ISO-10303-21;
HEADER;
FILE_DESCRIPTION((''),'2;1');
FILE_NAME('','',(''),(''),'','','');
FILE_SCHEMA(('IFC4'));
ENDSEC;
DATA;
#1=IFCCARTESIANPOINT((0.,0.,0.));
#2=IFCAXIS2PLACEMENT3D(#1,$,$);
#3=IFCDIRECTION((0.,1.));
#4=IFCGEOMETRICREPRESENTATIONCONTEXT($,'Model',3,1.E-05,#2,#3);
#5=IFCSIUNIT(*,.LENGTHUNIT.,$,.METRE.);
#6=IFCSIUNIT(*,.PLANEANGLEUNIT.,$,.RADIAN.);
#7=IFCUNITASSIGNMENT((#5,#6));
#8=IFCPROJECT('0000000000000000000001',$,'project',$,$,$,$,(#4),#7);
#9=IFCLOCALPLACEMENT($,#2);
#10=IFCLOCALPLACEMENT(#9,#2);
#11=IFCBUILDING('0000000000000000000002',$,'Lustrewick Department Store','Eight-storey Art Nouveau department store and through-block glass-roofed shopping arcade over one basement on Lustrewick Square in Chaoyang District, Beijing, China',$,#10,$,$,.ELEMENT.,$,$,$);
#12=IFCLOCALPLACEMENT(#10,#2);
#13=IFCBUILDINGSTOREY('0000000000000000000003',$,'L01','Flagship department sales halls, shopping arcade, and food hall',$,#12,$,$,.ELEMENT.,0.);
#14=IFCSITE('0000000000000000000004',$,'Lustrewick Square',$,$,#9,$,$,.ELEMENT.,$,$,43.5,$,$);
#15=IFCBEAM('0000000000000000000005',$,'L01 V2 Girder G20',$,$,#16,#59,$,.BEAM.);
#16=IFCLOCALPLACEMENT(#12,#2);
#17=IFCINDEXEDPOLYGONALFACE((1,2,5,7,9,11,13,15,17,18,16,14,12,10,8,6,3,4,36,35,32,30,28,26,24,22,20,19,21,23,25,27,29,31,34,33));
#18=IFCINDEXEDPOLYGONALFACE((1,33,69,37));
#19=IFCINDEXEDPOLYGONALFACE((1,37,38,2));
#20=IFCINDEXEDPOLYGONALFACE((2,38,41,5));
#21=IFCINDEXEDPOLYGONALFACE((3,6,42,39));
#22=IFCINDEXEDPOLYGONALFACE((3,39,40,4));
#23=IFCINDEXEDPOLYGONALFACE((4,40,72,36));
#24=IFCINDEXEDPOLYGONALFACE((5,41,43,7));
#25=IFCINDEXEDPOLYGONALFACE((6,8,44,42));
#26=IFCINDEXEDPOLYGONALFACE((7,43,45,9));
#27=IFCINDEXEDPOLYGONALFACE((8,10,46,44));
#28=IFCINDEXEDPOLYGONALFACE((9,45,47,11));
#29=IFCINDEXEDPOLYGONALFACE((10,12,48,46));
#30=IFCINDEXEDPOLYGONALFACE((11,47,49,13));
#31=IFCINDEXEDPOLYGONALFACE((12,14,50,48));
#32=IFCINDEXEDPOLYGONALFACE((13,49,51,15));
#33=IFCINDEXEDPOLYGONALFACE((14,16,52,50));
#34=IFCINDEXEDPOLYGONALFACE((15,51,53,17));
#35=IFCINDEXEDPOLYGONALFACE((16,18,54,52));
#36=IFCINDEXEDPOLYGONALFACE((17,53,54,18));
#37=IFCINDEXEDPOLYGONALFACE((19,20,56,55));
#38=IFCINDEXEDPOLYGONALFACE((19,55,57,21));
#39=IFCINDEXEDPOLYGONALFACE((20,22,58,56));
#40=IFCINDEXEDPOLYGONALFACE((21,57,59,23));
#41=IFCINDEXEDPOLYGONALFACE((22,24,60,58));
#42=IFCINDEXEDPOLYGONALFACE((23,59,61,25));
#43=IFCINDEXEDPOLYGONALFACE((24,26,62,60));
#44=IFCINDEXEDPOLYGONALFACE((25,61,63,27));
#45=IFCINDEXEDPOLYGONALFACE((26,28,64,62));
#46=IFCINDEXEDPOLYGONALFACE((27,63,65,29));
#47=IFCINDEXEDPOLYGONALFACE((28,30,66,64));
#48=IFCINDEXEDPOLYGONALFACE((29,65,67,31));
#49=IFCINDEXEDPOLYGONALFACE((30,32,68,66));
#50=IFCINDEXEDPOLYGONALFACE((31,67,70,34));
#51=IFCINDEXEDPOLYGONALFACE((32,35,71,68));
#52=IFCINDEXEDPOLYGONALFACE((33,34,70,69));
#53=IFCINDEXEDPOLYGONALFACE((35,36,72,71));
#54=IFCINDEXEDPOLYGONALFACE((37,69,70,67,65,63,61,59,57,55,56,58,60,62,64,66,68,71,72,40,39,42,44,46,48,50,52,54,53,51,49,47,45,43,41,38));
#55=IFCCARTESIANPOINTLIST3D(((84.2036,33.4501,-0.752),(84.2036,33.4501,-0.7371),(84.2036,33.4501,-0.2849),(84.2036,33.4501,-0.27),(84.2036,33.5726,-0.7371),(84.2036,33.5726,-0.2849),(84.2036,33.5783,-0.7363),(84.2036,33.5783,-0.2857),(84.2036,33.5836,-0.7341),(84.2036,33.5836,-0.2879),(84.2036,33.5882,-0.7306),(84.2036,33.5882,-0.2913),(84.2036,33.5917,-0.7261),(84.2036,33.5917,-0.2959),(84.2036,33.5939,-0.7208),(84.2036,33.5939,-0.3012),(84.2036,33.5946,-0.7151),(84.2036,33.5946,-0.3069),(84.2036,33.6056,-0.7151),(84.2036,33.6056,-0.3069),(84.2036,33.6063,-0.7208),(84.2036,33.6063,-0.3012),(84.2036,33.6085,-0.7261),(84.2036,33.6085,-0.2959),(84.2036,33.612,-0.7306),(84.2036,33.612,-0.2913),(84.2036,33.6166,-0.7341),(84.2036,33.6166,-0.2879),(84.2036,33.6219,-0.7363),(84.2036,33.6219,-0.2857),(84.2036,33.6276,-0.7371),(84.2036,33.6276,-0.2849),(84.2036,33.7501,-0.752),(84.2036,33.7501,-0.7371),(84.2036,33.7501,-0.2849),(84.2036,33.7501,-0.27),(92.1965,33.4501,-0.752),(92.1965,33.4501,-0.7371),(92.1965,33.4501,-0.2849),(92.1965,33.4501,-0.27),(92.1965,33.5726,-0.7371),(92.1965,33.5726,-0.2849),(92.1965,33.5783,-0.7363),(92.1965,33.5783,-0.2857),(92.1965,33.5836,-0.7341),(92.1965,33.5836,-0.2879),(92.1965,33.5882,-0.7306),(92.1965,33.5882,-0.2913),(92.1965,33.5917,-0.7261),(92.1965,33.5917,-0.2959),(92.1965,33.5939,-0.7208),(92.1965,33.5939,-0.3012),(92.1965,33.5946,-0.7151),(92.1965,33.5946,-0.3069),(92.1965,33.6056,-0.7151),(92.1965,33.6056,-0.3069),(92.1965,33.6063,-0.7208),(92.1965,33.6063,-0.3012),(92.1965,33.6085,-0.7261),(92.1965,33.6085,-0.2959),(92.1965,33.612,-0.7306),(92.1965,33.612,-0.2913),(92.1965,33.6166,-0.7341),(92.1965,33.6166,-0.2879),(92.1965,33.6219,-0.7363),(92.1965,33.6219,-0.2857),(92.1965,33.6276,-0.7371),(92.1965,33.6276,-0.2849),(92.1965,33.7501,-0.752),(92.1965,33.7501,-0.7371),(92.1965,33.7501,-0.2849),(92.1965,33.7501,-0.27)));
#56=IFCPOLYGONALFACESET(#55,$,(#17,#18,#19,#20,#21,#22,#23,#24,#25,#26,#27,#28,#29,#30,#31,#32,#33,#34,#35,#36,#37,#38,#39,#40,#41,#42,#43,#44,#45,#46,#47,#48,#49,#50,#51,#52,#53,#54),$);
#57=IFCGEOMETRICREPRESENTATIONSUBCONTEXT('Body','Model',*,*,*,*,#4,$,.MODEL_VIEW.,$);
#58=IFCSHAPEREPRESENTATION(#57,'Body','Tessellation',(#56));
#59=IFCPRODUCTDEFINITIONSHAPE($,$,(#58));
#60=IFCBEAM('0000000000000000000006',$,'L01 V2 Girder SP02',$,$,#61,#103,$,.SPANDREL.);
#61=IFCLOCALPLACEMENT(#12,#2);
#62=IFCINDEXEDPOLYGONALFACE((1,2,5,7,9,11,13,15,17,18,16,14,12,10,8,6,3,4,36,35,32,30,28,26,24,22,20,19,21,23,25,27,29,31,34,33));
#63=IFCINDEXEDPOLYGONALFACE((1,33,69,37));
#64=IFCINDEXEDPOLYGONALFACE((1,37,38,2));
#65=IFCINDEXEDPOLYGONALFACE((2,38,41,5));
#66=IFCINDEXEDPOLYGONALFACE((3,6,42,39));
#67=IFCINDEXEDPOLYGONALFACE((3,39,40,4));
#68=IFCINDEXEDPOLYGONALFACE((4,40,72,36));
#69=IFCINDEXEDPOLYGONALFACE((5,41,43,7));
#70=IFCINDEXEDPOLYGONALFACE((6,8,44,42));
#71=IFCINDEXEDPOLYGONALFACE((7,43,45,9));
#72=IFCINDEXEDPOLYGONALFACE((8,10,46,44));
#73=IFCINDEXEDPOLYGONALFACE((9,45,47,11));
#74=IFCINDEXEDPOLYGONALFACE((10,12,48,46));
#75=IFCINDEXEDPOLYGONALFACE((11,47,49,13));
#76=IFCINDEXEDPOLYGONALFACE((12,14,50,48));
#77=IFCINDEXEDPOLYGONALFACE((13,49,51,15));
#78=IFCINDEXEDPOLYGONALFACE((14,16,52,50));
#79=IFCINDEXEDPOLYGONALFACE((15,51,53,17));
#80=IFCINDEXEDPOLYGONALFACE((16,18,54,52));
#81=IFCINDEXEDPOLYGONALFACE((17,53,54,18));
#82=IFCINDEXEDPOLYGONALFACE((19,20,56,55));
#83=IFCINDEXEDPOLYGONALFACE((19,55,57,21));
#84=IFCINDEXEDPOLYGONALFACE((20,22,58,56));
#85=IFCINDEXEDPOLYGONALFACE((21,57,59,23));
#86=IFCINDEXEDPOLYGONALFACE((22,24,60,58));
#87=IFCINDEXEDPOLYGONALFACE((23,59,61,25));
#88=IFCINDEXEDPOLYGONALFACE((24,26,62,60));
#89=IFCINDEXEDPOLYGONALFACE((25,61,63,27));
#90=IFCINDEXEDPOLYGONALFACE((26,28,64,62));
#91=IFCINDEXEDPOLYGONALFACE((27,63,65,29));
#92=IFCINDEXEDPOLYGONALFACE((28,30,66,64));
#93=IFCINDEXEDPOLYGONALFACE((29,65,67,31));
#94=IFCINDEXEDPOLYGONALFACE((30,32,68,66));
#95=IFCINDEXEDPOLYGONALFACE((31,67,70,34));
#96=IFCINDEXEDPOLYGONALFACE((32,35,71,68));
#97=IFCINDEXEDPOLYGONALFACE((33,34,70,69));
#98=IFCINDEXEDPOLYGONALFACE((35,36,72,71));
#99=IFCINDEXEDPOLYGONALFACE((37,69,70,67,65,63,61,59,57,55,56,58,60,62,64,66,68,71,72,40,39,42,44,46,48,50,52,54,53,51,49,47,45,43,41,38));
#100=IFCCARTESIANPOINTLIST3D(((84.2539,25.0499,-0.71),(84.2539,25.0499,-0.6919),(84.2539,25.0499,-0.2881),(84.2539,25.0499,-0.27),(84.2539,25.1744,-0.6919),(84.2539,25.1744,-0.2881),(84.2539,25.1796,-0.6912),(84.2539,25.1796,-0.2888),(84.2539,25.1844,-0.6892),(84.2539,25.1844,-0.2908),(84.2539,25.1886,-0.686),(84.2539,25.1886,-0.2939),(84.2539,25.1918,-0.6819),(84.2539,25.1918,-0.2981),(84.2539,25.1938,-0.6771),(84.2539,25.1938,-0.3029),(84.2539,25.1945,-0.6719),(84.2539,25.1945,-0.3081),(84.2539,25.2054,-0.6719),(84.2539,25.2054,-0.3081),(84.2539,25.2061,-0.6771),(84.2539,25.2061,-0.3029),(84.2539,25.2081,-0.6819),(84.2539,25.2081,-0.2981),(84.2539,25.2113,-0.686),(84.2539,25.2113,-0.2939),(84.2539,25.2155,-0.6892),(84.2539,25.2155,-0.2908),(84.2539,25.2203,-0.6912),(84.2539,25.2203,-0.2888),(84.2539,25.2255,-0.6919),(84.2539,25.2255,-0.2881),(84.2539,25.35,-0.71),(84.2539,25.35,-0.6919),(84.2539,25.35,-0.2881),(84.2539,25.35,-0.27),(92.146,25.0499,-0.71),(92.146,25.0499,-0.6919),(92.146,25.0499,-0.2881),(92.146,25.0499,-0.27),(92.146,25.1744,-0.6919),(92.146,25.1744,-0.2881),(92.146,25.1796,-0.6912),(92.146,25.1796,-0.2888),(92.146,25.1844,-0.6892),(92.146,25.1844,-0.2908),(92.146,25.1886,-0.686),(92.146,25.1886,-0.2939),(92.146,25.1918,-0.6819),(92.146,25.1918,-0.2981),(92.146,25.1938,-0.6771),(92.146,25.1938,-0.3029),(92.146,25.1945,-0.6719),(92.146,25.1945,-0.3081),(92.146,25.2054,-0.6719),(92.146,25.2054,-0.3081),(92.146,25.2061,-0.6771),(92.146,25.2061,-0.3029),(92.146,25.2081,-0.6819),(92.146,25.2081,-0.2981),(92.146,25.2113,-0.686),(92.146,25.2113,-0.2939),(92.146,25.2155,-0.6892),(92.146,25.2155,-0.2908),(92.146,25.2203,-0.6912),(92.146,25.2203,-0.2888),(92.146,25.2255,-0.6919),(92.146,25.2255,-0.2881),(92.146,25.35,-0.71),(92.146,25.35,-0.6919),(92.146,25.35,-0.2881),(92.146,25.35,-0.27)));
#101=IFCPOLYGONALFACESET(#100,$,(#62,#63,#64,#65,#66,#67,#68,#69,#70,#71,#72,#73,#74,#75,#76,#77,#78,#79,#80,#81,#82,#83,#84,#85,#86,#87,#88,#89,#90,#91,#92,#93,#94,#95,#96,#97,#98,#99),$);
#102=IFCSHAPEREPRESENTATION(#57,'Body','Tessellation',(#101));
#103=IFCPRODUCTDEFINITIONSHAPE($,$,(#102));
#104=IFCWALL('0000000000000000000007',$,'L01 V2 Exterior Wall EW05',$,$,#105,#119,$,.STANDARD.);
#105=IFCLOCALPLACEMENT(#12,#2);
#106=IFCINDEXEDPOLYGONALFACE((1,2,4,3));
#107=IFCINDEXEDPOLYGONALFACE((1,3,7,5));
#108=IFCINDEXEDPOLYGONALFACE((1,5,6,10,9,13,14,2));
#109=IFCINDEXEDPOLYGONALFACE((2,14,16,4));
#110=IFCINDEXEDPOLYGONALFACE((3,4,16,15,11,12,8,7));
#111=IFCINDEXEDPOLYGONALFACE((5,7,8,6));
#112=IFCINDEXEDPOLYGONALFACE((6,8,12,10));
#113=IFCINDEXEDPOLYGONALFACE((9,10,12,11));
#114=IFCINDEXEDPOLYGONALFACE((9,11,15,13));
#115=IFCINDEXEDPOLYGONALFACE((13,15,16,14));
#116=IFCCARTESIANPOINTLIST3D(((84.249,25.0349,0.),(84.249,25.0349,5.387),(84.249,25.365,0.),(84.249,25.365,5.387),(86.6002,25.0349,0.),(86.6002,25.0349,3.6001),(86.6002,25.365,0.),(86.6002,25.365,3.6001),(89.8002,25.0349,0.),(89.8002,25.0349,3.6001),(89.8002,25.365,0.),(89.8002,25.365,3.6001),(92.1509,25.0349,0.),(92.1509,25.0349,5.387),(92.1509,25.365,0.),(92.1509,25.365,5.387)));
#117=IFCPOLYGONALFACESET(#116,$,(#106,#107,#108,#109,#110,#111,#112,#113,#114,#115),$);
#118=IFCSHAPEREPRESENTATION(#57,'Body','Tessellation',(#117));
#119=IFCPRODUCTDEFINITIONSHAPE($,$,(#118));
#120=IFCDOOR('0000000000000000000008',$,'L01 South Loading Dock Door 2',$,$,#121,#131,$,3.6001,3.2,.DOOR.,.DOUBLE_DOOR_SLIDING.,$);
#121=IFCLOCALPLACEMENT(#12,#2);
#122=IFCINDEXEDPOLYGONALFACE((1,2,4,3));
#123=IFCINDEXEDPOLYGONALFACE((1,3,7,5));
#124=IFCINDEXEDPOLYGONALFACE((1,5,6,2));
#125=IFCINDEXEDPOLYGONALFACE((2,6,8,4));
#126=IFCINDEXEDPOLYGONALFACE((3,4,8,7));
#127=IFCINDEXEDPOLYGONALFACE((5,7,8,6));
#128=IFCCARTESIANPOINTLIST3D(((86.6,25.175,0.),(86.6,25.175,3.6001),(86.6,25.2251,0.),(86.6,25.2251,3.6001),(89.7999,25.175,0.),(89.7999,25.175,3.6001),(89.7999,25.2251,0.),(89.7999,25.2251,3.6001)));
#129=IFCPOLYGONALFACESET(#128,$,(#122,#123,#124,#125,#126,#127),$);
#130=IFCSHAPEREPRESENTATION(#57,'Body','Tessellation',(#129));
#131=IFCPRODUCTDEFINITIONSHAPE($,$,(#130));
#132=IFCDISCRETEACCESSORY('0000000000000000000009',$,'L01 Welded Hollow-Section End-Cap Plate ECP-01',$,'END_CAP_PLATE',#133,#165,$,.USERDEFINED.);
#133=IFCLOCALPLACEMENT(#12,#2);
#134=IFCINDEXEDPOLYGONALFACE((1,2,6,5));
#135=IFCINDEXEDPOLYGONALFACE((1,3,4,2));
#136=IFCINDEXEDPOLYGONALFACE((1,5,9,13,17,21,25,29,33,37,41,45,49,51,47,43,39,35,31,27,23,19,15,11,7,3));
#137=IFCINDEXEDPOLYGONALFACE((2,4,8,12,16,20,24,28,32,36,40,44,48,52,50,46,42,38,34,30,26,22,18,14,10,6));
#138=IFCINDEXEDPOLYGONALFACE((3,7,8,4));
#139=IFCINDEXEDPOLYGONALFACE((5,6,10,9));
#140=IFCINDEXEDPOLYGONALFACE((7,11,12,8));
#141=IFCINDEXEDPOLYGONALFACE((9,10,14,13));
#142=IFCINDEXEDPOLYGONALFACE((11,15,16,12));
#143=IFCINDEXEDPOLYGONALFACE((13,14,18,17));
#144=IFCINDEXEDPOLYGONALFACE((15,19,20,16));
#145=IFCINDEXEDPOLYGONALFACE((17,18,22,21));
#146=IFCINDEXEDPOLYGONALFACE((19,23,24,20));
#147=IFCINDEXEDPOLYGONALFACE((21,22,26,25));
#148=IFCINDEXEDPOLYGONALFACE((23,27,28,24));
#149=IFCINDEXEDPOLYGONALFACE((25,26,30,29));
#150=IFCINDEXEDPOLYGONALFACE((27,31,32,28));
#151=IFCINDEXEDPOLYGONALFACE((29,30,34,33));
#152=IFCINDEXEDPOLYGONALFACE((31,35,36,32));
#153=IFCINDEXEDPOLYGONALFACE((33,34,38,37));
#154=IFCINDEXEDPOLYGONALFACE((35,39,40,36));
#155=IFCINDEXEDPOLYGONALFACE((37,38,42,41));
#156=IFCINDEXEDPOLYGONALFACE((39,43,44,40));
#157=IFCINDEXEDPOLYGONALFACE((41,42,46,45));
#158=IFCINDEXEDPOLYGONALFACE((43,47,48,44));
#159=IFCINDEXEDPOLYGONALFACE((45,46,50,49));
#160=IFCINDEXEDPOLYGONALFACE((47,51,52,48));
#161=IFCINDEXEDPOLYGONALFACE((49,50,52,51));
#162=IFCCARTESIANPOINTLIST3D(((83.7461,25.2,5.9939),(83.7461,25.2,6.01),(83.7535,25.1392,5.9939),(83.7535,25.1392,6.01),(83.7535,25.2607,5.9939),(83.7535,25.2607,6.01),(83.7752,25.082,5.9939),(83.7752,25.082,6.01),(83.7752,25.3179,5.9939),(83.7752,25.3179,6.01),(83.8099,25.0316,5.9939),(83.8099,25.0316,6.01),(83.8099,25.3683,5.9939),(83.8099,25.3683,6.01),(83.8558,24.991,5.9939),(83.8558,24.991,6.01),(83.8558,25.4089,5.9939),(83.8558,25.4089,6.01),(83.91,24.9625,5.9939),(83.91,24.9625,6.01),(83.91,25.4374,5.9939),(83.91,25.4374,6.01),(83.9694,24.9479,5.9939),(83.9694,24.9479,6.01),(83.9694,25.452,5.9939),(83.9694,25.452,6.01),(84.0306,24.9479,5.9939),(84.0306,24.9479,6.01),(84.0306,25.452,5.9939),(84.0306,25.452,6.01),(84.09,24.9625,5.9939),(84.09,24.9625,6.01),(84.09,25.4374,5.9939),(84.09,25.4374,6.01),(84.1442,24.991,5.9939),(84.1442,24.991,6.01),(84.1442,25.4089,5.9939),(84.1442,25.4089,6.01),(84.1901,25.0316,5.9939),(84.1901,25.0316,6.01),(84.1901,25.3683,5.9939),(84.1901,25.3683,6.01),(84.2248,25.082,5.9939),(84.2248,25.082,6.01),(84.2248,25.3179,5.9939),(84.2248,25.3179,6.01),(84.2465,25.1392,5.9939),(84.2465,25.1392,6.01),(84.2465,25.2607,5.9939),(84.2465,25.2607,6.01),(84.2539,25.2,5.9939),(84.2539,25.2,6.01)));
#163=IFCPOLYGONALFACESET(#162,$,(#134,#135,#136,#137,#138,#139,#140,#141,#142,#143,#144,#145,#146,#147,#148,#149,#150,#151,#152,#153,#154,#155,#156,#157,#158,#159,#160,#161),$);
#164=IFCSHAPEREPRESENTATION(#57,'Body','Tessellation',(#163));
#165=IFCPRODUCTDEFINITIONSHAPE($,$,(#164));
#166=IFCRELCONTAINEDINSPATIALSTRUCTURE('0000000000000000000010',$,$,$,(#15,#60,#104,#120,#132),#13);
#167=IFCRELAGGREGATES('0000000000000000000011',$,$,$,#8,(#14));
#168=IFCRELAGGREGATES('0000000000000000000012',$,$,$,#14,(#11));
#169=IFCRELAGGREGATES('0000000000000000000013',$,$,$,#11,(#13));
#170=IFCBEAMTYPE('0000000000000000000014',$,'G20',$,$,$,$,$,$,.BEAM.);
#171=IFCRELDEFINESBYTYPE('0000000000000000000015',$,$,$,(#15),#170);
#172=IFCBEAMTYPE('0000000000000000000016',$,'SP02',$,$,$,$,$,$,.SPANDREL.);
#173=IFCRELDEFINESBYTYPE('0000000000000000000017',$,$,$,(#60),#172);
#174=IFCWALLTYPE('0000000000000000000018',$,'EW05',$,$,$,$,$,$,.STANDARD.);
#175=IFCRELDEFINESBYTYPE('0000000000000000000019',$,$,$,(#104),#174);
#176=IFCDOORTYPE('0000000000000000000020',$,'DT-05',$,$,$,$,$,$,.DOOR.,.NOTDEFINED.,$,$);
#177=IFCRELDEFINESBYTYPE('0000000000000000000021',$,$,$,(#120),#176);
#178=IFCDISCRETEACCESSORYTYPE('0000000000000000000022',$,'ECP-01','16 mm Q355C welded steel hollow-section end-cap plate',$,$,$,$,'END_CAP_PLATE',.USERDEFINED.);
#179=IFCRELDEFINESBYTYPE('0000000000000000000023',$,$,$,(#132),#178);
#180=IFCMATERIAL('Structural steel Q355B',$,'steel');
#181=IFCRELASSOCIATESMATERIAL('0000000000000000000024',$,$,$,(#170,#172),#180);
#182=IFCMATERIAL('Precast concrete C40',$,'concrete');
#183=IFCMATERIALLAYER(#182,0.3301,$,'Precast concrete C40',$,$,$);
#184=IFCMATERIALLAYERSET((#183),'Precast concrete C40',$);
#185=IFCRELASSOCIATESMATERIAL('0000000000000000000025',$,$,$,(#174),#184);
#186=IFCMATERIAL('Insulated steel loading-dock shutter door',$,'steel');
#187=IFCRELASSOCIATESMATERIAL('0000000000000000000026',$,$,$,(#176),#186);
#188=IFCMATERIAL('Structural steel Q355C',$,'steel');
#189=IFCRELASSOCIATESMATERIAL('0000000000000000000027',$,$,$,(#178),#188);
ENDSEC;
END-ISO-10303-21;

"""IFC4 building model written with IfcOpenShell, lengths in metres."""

from ifc_helpers import new_model, si_unit, direction, frame, frame_2d, origin, origin_2d, place, context, subcontext, project, spatial, rectangle, circle, i_section, extrude, material, layer, layer_set, material_profile, profile_set, type_object, element, fill, save


model = new_model("IFC4")

# Units and contexts
model_context = context("Model", 3, precision=1e-05, world=origin(), true_north=direction((0.0, 1.0)))
body_context = subcontext(model_context, "Body", "Model", "MODEL_VIEW")
ifc_project = project(units=[si_unit("LENGTHUNIT", "METRE"), si_unit("PLANEANGLEUNIT", "RADIAN")], contexts=[model_context])

# Site, building, storey
site_placement = place(None, origin())
site = spatial("IfcSite", under=ifc_project, at=site_placement, Name="Lustrewick Square", CompositionType="ELEMENT", RefElevation=43.5)
building_placement = place(site_placement, origin())
building = spatial("IfcBuilding", under=site, at=building_placement, Name="Lustrewick Department Store", Description="Eight-storey Art Nouveau department store and through-block glass-roofed shopping arcade over one basement on Lustrewick Square in Chaoyang District, Beijing, China", CompositionType="ELEMENT")
storey_placement = place(building_placement, origin())
storey = spatial("IfcBuildingStorey", under=building, at=storey_placement, Name="L01", Description="Flagship department sales halls, shopping arcade, and food hall", CompositionType="ELEMENT", Elevation=0.0)

# Shared definitions
ifc_material_1 = material(Name="Structural steel Q355C", Category="steel")
ifc_material_2 = material(Name="Structural steel Q355B", Category="steel")

# Beams
ifc_material_profile_1 = material_profile(ifc_material_2, i_section(OverallWidth=0.3, OverallDepth=0.4819, WebThickness=0.011, FlangeThickness=0.0149, FilletRadius=0.022, at=origin_2d()), Name="HM 482x300x11x15")
ifc_profile_set_1 = profile_set([ifc_material_profile_1], Name="Structural steel Q355B")
beam_type_1 = type_object("IfcBeamType", Name="G20", PredefinedType="BEAM", material=ifc_profile_set_1)
beam_1_placement = place(storey_placement, frame((84.2036, 33.6001, -0.511), z_axis=(1.0, 0.0, 0.0), x_axis=(0.0, 1.0, 0.0)))
element("IfcBeam", 1, at=beam_1_placement, inside=storey, type_object=beam_type_1, Name="L01 V2 Girder G20", PredefinedType="BEAM", context=body_context, shape_type="SweptSolid", body=[
    extrude(i_section(OverallWidth=0.3, OverallDepth=0.4819, WebThickness=0.011, FlangeThickness=0.0149, FilletRadius=0.022, at=origin_2d()), origin(), (0.0, 0.0, 1.0), 7.9929),
])
ifc_material_profile_2 = material_profile(ifc_material_2, i_section(OverallWidth=0.3, OverallDepth=0.4399, WebThickness=0.011, FlangeThickness=0.0181, FilletRadius=0.02, at=origin_2d()), Name="HM 440x300x11x18")
ifc_profile_set_2 = profile_set([ifc_material_profile_2], Name="Structural steel Q355B")
beam_type_2 = type_object("IfcBeamType", Name="SP02", PredefinedType="SPANDREL", material=ifc_profile_set_2)
beam_2_placement = place(storey_placement, frame((84.2539, 25.2, -0.49), z_axis=(1.0, 0.0, 0.0), x_axis=(0.0, 1.0, 0.0)))
element("IfcBeam", 2, at=beam_2_placement, inside=storey, type_object=beam_type_2, Name="L01 V2 Girder SP02", PredefinedType="SPANDREL", context=body_context, shape_type="SweptSolid", body=[
    extrude(i_section(OverallWidth=0.3, OverallDepth=0.4399, WebThickness=0.011, FlangeThickness=0.0181, FilletRadius=0.02, at=origin_2d()), origin(), (0.0, 0.0, 1.0), 7.8921),
])

# Wall, opening, door
ifc_material_3 = material(Name="Precast concrete C40", Category="concrete")
ifc_layer = layer(ifc_material_3, 0.3301, Name="Precast concrete C40")
ifc_layer_set = layer_set([ifc_layer], Name="Precast concrete C40")
wall_type = type_object("IfcWallType", Name="EW05", PredefinedType="STANDARD", material=ifc_layer_set)
wall_placement = place(storey_placement, frame((84.249, 25.2, 0.0), z_axis=(0.0, 0.0, 1.0), x_axis=(1.0, 0.0, 0.0)))
wall = element("IfcWall", 3, at=wall_placement, inside=storey, type_object=wall_type, Name="L01 V2 Exterior Wall EW05", PredefinedType="STANDARD", context=body_context, shape_type="SweptSolid", body=[
    extrude(rectangle(XDim=7.9019, YDim=0.3301, at=frame_2d((3.9509, 0.0))), origin(), (0.0, 0.0, 1.0), 5.387),
])
opening_placement = place(wall_placement, frame((2.3511, 0.0, 0.0)))
opening = element("IfcOpeningElement", 4, at=opening_placement, cuts=wall, PredefinedType="OPENING", context=body_context, shape_type="SweptSolid", body=[
    extrude(rectangle(XDim=3.2, YDim=3.6001, at=frame_2d((1.6001, 1.8))), frame((0.0, 0.175, 0.0), z_axis=(0.0, -1.0, 0.0), x_axis=(1.0, 0.0, 0.0)), (0.0, 0.0, 1.0), 0.3501),
])
ifc_material_4 = material(Name="Insulated steel loading-dock shutter door", Category="steel")
door_type = type_object("IfcDoorType", Name="DT-05", OperationType="NOTDEFINED", PredefinedType="DOOR", material=ifc_material_4)
door_placement = place(opening_placement, frame((3.2, 0.0, 0.0), z_axis=(0.0, 0.0, 1.0), x_axis=(-1.0, 0.0, 0.0)))
door = element("IfcDoor", 5, at=door_placement, inside=storey, type_object=door_type, Name="L01 South Loading Dock Door 2", OperationType="DOUBLE_DOOR_SLIDING", OverallHeight=3.6001, OverallWidth=3.2, PredefinedType="DOOR", context=body_context, shape_type="SweptSolid", body=[
    extrude(rectangle(XDim=3.2, YDim=3.6001, at=frame_2d((1.6001, 1.8))), frame((0.0, 0.0249, 0.0), z_axis=(0.0, -1.0, 0.0), x_axis=(1.0, 0.0, 0.0)), (0.0, 0.0, 1.0), 0.05),
])
fill(opening, door)

# Discrete accessory
discrete_accessory_type = type_object("IfcDiscreteAccessoryType", Name="ECP-01", Description="16 mm Q355C welded steel hollow-section end-cap plate", ElementType="END_CAP_PLATE", PredefinedType="USERDEFINED", material=ifc_material_1)
for number, where, z_axis, x_axis, name in (
    (6, (84.0, 25.2, 5.9939), (0.0, 0.0, 1.0), (1.0, 0.0, 0.0), "L01 Welded Hollow-Section End-Cap Plate ECP-01"),
):
    element("IfcDiscreteAccessory", number, at=place(storey_placement, frame(where, z_axis=z_axis, x_axis=x_axis)), inside=storey, type_object=discrete_accessory_type, Name=name, ObjectType="END_CAP_PLATE", PredefinedType="USERDEFINED", context=body_context, shape_type="SweptSolid", body=[
        extrude(circle(Radius=0.2539, at=origin_2d()), origin(), (0.0, 0.0, 1.0), 0.0161),
    ])

save(model, "model.ifc")
